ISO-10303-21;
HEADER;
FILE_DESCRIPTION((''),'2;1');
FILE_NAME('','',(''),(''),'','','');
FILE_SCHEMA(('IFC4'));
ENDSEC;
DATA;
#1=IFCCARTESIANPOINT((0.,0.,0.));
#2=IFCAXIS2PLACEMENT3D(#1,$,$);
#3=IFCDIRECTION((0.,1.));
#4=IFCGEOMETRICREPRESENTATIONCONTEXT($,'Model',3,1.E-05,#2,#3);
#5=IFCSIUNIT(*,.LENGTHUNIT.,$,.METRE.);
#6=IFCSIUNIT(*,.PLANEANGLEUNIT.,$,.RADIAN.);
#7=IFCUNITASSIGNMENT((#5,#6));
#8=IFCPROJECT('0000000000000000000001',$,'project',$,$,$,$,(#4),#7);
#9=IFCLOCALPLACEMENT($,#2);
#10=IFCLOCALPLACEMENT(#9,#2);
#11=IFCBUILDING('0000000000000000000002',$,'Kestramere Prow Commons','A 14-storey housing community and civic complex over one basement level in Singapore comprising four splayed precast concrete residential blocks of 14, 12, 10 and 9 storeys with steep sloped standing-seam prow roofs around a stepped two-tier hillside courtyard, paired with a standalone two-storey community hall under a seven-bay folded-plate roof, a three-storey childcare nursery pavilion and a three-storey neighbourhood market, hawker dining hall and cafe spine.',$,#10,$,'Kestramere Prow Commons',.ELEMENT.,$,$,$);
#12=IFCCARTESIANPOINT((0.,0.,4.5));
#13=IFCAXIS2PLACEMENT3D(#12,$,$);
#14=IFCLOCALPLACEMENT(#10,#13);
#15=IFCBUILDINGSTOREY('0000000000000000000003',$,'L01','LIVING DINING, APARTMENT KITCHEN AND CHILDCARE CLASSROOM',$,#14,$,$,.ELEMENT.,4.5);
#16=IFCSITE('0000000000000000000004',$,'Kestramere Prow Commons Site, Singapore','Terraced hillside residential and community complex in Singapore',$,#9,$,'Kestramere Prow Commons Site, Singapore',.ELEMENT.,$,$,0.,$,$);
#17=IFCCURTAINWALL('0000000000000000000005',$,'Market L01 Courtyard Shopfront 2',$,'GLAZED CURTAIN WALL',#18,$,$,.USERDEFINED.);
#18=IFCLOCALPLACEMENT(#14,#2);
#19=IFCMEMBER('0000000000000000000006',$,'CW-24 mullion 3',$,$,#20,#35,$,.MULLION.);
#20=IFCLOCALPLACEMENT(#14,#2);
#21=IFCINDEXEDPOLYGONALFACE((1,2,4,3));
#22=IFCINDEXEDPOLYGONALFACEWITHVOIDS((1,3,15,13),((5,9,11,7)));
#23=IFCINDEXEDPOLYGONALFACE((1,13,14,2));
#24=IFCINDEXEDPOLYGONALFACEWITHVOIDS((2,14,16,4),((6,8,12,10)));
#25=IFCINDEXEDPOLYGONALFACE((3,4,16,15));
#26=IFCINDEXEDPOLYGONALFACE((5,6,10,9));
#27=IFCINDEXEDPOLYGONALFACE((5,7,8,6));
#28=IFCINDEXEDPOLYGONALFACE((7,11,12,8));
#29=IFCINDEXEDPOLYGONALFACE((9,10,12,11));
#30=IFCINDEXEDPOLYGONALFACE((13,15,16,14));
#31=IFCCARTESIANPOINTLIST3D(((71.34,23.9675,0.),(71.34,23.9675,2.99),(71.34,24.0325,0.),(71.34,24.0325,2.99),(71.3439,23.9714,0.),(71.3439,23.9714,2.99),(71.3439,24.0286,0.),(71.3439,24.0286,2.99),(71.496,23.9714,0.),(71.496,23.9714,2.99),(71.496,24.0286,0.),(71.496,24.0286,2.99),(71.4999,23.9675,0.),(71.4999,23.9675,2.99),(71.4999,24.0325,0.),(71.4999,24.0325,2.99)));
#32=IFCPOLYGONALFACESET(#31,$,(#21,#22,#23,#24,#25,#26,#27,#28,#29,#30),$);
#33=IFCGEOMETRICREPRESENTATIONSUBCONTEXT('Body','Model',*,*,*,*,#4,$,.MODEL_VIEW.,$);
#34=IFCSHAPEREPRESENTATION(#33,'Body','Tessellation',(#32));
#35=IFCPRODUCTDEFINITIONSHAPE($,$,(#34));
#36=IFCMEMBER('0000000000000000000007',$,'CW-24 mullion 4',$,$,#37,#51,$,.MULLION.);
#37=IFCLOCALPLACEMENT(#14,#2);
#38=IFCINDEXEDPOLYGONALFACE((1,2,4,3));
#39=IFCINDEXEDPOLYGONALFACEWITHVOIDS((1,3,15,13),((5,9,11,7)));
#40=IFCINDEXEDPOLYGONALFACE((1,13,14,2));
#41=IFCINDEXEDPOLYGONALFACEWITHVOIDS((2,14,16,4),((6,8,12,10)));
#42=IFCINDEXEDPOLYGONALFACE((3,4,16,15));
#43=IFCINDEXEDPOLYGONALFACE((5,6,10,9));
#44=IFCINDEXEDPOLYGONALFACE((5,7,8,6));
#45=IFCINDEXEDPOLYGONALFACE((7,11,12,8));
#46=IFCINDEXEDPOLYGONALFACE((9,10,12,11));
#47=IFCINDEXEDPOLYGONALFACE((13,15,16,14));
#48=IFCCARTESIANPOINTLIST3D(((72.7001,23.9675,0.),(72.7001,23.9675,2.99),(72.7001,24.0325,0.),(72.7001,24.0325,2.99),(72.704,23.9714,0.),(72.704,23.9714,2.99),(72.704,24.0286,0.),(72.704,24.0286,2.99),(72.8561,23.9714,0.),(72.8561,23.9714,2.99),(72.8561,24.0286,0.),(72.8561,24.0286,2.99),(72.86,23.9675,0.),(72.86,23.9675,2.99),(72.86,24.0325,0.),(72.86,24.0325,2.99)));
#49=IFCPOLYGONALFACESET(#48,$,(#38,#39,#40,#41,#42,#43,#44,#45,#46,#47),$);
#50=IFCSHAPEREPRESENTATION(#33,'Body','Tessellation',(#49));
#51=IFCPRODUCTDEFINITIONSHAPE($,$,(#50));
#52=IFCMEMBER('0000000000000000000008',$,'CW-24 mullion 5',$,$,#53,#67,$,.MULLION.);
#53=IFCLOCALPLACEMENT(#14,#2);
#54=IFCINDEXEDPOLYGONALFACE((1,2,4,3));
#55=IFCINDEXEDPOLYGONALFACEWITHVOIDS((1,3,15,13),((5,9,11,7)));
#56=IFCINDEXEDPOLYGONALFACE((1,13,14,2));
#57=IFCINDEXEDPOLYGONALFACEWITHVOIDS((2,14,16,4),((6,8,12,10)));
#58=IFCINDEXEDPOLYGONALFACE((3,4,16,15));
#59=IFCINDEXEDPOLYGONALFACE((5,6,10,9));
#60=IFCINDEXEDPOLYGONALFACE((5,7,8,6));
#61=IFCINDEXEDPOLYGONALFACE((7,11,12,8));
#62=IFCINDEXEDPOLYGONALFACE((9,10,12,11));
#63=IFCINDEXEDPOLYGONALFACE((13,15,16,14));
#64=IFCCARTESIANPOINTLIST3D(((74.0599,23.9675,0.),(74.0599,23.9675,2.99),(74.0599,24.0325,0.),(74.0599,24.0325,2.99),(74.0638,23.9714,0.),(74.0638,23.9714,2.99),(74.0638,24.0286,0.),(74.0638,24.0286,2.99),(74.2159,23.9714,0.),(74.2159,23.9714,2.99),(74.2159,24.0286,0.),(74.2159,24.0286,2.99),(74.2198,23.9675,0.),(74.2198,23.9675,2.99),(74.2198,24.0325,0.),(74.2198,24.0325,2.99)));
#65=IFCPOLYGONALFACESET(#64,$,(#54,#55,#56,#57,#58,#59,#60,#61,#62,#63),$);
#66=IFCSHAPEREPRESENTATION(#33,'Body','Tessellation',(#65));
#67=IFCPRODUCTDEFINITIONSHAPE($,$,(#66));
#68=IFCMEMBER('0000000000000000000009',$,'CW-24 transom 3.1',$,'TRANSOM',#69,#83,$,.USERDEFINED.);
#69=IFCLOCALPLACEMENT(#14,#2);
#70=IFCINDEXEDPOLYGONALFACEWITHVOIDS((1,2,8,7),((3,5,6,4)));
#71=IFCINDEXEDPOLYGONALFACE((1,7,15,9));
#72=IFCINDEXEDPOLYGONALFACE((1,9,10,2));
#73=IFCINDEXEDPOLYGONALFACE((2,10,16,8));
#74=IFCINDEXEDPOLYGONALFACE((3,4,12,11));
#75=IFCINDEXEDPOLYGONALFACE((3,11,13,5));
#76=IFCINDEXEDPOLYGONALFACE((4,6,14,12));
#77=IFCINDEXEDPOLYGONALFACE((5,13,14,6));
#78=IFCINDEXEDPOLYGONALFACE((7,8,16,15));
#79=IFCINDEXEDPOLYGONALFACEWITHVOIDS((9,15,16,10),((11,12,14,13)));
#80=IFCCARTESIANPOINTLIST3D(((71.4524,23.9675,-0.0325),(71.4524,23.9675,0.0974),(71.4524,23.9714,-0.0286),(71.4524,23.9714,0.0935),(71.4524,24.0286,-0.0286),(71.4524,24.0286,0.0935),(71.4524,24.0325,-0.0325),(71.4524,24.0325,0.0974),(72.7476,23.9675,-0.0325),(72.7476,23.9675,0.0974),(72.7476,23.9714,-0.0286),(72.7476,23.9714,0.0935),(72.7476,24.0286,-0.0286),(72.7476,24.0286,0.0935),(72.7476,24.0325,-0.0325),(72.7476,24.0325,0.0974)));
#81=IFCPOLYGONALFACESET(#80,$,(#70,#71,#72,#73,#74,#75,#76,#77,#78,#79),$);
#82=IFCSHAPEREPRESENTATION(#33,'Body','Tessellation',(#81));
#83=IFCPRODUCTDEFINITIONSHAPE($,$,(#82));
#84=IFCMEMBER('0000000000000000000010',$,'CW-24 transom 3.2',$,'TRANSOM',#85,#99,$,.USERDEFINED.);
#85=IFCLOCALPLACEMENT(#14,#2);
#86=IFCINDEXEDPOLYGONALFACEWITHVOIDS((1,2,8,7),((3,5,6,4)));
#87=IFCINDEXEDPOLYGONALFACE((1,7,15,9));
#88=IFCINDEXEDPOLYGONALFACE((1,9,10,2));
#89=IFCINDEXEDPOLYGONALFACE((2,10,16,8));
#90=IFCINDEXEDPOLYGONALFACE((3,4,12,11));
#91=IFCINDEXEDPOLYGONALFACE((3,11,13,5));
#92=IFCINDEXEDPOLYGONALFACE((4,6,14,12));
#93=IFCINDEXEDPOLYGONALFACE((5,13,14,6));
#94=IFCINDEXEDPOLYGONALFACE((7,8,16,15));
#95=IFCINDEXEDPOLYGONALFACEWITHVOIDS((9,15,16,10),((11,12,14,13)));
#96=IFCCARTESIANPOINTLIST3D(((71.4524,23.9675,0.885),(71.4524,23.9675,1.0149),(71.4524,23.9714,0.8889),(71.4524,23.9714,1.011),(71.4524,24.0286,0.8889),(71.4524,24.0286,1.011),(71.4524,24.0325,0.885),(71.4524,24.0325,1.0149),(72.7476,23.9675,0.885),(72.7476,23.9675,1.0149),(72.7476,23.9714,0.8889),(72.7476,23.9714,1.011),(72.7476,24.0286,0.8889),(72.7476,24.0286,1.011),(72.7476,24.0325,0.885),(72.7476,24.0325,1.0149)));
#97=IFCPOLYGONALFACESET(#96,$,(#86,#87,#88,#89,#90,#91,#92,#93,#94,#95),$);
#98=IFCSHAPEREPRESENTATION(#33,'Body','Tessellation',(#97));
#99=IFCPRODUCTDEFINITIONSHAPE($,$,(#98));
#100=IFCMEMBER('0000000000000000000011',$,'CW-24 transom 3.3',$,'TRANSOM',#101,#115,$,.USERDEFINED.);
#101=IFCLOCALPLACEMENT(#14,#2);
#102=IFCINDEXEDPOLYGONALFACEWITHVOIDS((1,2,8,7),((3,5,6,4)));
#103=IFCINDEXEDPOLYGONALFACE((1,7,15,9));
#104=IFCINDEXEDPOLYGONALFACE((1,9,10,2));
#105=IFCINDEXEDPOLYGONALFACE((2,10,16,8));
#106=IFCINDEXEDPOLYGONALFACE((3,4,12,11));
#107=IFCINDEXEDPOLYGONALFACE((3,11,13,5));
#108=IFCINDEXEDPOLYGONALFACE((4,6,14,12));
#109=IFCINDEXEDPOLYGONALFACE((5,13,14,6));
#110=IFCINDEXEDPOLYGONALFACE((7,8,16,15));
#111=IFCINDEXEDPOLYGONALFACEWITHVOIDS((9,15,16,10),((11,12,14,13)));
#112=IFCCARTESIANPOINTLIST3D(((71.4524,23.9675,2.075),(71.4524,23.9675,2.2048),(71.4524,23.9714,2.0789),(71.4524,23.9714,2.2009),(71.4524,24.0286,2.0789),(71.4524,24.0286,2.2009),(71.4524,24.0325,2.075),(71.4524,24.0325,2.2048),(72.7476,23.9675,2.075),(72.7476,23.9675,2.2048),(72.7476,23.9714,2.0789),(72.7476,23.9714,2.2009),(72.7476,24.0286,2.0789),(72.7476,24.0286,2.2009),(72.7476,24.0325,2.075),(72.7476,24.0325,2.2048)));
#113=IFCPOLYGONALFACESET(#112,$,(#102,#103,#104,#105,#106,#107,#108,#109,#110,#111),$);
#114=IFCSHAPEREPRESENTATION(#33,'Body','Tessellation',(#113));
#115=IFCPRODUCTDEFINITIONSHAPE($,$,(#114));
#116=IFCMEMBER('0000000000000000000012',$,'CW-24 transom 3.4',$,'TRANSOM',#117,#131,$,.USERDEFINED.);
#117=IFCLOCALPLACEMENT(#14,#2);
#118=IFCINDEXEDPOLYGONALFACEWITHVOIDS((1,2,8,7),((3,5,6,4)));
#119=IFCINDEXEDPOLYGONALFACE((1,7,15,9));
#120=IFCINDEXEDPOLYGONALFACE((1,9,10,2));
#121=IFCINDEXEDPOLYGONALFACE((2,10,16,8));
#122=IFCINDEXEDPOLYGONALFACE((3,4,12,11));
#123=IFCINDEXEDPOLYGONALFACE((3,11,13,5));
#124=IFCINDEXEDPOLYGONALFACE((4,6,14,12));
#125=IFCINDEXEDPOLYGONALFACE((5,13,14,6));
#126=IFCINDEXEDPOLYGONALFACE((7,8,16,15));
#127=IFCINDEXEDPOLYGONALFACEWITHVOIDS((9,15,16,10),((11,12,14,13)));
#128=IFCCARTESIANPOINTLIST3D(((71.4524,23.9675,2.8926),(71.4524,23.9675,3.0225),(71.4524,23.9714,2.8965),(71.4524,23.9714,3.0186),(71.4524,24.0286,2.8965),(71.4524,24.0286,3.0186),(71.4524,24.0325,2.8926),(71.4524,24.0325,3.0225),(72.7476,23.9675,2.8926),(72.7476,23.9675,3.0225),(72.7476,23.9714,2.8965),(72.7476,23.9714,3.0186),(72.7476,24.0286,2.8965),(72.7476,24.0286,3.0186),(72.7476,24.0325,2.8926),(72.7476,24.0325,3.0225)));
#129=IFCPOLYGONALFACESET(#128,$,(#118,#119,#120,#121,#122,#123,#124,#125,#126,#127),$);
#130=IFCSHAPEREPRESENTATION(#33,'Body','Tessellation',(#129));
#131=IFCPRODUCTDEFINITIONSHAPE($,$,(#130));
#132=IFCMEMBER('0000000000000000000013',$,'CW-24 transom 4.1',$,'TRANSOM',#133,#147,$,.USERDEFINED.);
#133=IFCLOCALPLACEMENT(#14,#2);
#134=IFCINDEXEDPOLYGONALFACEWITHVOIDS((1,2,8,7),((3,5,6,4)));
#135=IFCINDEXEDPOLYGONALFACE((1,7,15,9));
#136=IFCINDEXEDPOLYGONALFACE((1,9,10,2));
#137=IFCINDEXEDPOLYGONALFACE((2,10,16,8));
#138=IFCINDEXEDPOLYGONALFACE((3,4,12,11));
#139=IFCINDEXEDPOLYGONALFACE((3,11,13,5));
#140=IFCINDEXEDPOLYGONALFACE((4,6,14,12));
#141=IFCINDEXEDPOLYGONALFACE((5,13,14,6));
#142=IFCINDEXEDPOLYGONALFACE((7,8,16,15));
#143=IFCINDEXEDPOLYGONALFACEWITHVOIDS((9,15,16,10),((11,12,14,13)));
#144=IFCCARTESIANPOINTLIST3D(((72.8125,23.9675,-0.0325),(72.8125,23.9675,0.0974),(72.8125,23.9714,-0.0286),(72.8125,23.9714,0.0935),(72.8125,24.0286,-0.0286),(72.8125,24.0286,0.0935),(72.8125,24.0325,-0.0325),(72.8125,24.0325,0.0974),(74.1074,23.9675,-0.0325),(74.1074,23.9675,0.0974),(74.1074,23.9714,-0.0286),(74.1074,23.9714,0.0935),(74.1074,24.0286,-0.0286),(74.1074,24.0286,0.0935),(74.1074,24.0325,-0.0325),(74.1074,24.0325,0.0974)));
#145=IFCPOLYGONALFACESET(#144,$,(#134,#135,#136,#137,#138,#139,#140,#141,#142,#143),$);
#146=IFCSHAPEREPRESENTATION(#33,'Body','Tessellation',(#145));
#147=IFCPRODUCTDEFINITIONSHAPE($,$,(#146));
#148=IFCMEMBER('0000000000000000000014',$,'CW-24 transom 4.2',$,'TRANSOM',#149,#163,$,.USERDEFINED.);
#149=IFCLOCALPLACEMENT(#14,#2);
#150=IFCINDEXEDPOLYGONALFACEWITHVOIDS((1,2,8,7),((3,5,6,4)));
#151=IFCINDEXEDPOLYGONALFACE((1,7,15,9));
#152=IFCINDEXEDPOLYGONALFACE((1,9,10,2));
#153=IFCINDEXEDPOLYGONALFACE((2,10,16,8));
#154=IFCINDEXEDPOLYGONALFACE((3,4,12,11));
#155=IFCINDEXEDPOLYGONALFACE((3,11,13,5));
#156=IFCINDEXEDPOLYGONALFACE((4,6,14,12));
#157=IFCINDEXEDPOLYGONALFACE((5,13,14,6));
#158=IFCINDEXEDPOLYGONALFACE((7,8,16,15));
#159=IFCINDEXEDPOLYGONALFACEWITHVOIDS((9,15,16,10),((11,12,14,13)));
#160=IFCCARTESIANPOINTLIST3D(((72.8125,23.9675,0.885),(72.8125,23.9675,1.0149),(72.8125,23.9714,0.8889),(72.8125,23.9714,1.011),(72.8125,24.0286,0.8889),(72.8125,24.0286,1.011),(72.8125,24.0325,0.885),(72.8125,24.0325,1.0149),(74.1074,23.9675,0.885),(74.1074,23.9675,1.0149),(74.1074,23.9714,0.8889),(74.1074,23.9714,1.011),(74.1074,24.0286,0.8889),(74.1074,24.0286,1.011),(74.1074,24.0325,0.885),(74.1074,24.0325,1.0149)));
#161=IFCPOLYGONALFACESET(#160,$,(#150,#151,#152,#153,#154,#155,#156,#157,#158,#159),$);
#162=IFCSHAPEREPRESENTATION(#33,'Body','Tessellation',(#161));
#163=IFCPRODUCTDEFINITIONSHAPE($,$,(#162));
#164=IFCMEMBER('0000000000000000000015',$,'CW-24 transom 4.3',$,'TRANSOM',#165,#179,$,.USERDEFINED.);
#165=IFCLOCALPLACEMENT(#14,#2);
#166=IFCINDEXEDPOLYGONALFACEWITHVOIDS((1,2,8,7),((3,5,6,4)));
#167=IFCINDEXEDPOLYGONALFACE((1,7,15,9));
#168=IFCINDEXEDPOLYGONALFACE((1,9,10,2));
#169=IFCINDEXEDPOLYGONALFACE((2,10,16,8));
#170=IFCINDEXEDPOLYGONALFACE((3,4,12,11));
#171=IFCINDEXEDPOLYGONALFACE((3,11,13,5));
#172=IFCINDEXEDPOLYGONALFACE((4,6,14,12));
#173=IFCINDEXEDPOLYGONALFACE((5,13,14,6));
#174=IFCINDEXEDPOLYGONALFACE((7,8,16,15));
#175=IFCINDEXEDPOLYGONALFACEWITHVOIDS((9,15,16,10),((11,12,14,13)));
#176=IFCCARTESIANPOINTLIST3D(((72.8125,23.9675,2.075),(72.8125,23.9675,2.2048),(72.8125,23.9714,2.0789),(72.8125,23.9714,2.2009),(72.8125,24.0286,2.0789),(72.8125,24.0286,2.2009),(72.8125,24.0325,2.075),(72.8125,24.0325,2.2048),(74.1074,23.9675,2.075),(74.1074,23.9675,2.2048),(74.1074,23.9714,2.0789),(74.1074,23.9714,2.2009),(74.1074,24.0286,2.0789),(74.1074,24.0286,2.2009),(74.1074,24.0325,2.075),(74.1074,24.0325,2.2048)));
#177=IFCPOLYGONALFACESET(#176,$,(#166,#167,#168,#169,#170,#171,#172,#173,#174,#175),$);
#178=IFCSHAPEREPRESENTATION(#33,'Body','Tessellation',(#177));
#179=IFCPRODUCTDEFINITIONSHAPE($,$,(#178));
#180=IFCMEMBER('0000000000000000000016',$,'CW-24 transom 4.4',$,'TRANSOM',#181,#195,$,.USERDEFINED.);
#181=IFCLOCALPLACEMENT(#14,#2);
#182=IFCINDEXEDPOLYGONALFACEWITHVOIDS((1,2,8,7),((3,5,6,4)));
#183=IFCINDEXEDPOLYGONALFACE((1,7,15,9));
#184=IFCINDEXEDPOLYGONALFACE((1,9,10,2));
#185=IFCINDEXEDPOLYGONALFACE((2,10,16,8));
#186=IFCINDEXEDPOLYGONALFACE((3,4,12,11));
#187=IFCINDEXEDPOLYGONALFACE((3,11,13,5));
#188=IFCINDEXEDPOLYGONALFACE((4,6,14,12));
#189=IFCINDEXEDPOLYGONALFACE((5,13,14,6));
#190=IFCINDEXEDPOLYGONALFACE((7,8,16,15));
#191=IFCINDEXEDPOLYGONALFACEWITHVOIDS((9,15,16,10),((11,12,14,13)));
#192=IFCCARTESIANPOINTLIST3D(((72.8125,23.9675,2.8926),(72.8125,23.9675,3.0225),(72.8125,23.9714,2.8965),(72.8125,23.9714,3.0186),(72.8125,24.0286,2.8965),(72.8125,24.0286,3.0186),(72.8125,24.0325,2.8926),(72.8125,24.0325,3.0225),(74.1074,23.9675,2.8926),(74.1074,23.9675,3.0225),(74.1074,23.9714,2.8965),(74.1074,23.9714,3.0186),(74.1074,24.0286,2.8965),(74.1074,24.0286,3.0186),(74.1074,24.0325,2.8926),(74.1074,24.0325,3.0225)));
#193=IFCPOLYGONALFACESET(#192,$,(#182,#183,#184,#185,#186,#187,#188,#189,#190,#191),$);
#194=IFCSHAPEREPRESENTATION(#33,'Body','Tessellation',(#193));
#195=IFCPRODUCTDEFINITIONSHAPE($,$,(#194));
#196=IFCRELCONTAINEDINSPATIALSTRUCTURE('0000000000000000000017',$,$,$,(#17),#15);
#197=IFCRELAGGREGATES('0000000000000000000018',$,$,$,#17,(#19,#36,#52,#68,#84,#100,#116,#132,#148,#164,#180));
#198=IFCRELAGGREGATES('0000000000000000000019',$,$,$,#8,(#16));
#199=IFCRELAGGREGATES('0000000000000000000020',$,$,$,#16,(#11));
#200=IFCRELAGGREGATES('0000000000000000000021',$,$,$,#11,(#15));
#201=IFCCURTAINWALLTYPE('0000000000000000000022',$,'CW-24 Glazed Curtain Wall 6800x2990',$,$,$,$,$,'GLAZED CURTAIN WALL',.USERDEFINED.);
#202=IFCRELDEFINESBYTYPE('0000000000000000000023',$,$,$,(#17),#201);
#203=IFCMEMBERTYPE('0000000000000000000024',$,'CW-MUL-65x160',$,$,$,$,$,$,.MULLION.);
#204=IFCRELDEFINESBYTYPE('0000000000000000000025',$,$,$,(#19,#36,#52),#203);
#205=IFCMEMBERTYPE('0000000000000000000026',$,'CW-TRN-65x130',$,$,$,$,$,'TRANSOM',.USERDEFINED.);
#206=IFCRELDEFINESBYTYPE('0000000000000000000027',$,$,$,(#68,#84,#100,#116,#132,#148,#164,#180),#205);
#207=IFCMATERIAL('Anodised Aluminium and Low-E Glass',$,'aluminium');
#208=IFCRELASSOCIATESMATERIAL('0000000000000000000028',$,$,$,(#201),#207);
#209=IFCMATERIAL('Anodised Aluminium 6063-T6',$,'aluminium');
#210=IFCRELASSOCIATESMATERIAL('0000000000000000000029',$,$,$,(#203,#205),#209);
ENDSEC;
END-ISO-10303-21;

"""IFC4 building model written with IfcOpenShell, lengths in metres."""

from ifc_helpers import new_model, si_unit, direction, frame, origin, origin_2d, place, context, subcontext, project, spatial, hollow_rectangle, extrude, material, material_profile, profile_set, type_object, element, aggregate, save


model = new_model("IFC4")

# Units and contexts
model_context = context("Model", 3, precision=1e-05, world=origin(), true_north=direction((0.0, 1.0)))
body_context = subcontext(model_context, "Body", "Model", "MODEL_VIEW")
ifc_project = project(units=[si_unit("LENGTHUNIT", "METRE"), si_unit("PLANEANGLEUNIT", "RADIAN")], contexts=[model_context])

# Site, building, storey
site_placement = place(None, origin())
site = spatial("IfcSite", under=ifc_project, at=site_placement, Name="Kestramere Prow Commons Site, Singapore", Description="Terraced hillside residential and community complex in Singapore", LongName="Kestramere Prow Commons Site, Singapore", CompositionType="ELEMENT", RefElevation=0.0)
building_placement = place(site_placement, origin())
building = spatial("IfcBuilding", under=site, at=building_placement, Name="Kestramere Prow Commons", Description="A 14-storey housing community and civic complex over one basement level in Singapore comprising four splayed precast concrete residential blocks of 14, 12, 10 and 9 storeys with steep sloped standing-seam prow roofs around a stepped two-tier hillside courtyard, paired with a standalone two-storey community hall under a seven-bay folded-plate roof, a three-storey childcare nursery pavilion and a three-storey neighbourhood market, hawker dining hall and cafe spine.", LongName="Kestramere Prow Commons", CompositionType="ELEMENT")
storey_placement = place(building_placement, frame((0.0, 0.0, 4.5)))
storey = spatial("IfcBuildingStorey", under=building, at=storey_placement, Name="L01", Description="LIVING DINING, APARTMENT KITCHEN AND CHILDCARE CLASSROOM", CompositionType="ELEMENT", Elevation=4.5)

# Curtain wall, members
ifc_material_1 = material(Name="Anodised Aluminium and Low-E Glass", Category="aluminium")
curtain_wall_type = type_object("IfcCurtainWallType", Name="CW-24 Glazed Curtain Wall 6800x2990", ElementType="GLAZED CURTAIN WALL", PredefinedType="USERDEFINED", material=ifc_material_1)
curtain_wall_placement = place(storey_placement, origin())
curtain_wall = element("IfcCurtainWall", 1, at=curtain_wall_placement, inside=storey, type_object=curtain_wall_type, Name="Market L01 Courtyard Shopfront 2", ObjectType="GLAZED CURTAIN WALL", PredefinedType="USERDEFINED")
ifc_material_2 = material(Name="Anodised Aluminium 6063-T6", Category="aluminium")
ifc_material_profile_1 = material_profile(ifc_material_2, hollow_rectangle(XDim=0.0649, YDim=0.1599, WallThickness=0.0039, at=origin_2d()), Name="ALU-MUL 65x160")
ifc_profile_set_1 = profile_set([ifc_material_profile_1], Name="Anodised Aluminium 6063-T6")
member_type_1 = type_object("IfcMemberType", Name="CW-MUL-65x160", PredefinedType="MULLION", material=ifc_profile_set_1)
member_1_placement = place(storey_placement, frame((71.4199, 24.0, 0.0), z_axis=(0.0, 0.0, 1.0), x_axis=(0.0, 1.0, 0.0)))
member_1 = element("IfcMember", 2, at=member_1_placement, type_object=member_type_1, Name="CW-24 mullion 3", PredefinedType="MULLION", context=body_context, shape_type="SweptSolid", body=[
    extrude(hollow_rectangle(XDim=0.0649, YDim=0.1599, WallThickness=0.0039, at=origin_2d()), origin(), (0.0, 0.0, 1.0), 2.99),
])
member_2_placement = place(storey_placement, frame((72.78, 24.0, 0.0), z_axis=(0.0, 0.0, 1.0), x_axis=(0.0, 1.0, 0.0)))
member_2 = element("IfcMember", 3, at=member_2_placement, type_object=member_type_1, Name="CW-24 mullion 4", PredefinedType="MULLION", context=body_context, shape_type="SweptSolid", body=[
    extrude(hollow_rectangle(XDim=0.0649, YDim=0.1599, WallThickness=0.0039, at=origin_2d()), origin(), (0.0, 0.0, 1.0), 2.99),
])
member_3_placement = place(storey_placement, frame((74.1399, 24.0, 0.0), z_axis=(0.0, 0.0, 1.0), x_axis=(0.0, 1.0, 0.0)))
member_3 = element("IfcMember", 4, at=member_3_placement, type_object=member_type_1, Name="CW-24 mullion 5", PredefinedType="MULLION", context=body_context, shape_type="SweptSolid", body=[
    extrude(hollow_rectangle(XDim=0.0649, YDim=0.1599, WallThickness=0.0039, at=origin_2d()), origin(), (0.0, 0.0, 1.0), 2.99),
])
ifc_material_profile_2 = material_profile(ifc_material_2, hollow_rectangle(XDim=0.0649, YDim=0.1299, WallThickness=0.0039, at=origin_2d()), Name="ALU-TRN 65x130")
ifc_profile_set_2 = profile_set([ifc_material_profile_2], Name="Anodised Aluminium 6063-T6")
member_type_2 = type_object("IfcMemberType", Name="CW-TRN-65x130", ElementType="TRANSOM", PredefinedType="USERDEFINED", material=ifc_profile_set_2)
member_4_placement = place(storey_placement, frame((71.4524, 24.0, 0.0325), z_axis=(1.0, 0.0, 0.0), x_axis=(0.0, 1.0, 0.0)))
member_4 = element("IfcMember", 5, at=member_4_placement, type_object=member_type_2, Name="CW-24 transom 3.1", ObjectType="TRANSOM", PredefinedType="USERDEFINED", context=body_context, shape_type="SweptSolid", body=[
    extrude(hollow_rectangle(XDim=0.0649, YDim=0.1299, WallThickness=0.0039, at=origin_2d()), origin(), (0.0, 0.0, 1.0), 1.2952),
])
member_5_placement = place(storey_placement, frame((71.4524, 24.0, 0.95), z_axis=(1.0, 0.0, 0.0), x_axis=(0.0, 1.0, 0.0)))
member_5 = element("IfcMember", 6, at=member_5_placement, type_object=member_type_2, Name="CW-24 transom 3.2", ObjectType="TRANSOM", PredefinedType="USERDEFINED", context=body_context, shape_type="SweptSolid", body=[
    extrude(hollow_rectangle(XDim=0.0649, YDim=0.1299, WallThickness=0.0039, at=origin_2d()), origin(), (0.0, 0.0, 1.0), 1.2952),
])
member_6_placement = place(storey_placement, frame((71.4524, 24.0, 2.1399), z_axis=(1.0, 0.0, 0.0), x_axis=(0.0, 1.0, 0.0)))
member_6 = element("IfcMember", 7, at=member_6_placement, type_object=member_type_2, Name="CW-24 transom 3.3", ObjectType="TRANSOM", PredefinedType="USERDEFINED", context=body_context, shape_type="SweptSolid", body=[
    extrude(hollow_rectangle(XDim=0.0649, YDim=0.1299, WallThickness=0.0039, at=origin_2d()), origin(), (0.0, 0.0, 1.0), 1.2952),
])
member_7_placement = place(storey_placement, frame((71.4524, 24.0, 2.9575), z_axis=(1.0, 0.0, 0.0), x_axis=(0.0, 1.0, 0.0)))
member_7 = element("IfcMember", 8, at=member_7_placement, type_object=member_type_2, Name="CW-24 transom 3.4", ObjectType="TRANSOM", PredefinedType="USERDEFINED", context=body_context, shape_type="SweptSolid", body=[
    extrude(hollow_rectangle(XDim=0.0649, YDim=0.1299, WallThickness=0.0039, at=origin_2d()), origin(), (0.0, 0.0, 1.0), 1.2952),
])
member_8_placement = place(storey_placement, frame((72.8125, 24.0, 0.0325), z_axis=(1.0, 0.0, 0.0), x_axis=(0.0, 1.0, 0.0)))
member_8 = element("IfcMember", 9, at=member_8_placement, type_object=member_type_2, Name="CW-24 transom 4.1", ObjectType="TRANSOM", PredefinedType="USERDEFINED", context=body_context, shape_type="SweptSolid", body=[
    extrude(hollow_rectangle(XDim=0.0649, YDim=0.1299, WallThickness=0.0039, at=origin_2d()), origin(), (0.0, 0.0, 1.0), 1.2949),
])
member_9_placement = place(storey_placement, frame((72.8125, 24.0, 0.95), z_axis=(1.0, 0.0, 0.0), x_axis=(0.0, 1.0, 0.0)))
member_9 = element("IfcMember", 10, at=member_9_placement, type_object=member_type_2, Name="CW-24 transom 4.2", ObjectType="TRANSOM", PredefinedType="USERDEFINED", context=body_context, shape_type="SweptSolid", body=[
    extrude(hollow_rectangle(XDim=0.0649, YDim=0.1299, WallThickness=0.0039, at=origin_2d()), origin(), (0.0, 0.0, 1.0), 1.2949),
])
member_10_placement = place(storey_placement, frame((72.8125, 24.0, 2.1399), z_axis=(1.0, 0.0, 0.0), x_axis=(0.0, 1.0, 0.0)))
member_10 = element("IfcMember", 11, at=member_10_placement, type_object=member_type_2, Name="CW-24 transom 4.3", ObjectType="TRANSOM", PredefinedType="USERDEFINED", context=body_context, shape_type="SweptSolid", body=[
    extrude(hollow_rectangle(XDim=0.0649, YDim=0.1299, WallThickness=0.0039, at=origin_2d()), origin(), (0.0, 0.0, 1.0), 1.2949),
])
member_11_placement = place(storey_placement, frame((72.8125, 24.0, 2.9575), z_axis=(1.0, 0.0, 0.0), x_axis=(0.0, 1.0, 0.0)))
member_11 = element("IfcMember", 12, at=member_11_placement, type_object=member_type_2, Name="CW-24 transom 4.4", ObjectType="TRANSOM", PredefinedType="USERDEFINED", context=body_context, shape_type="SweptSolid", body=[
    extrude(hollow_rectangle(XDim=0.0649, YDim=0.1299, WallThickness=0.0039, at=origin_2d()), origin(), (0.0, 0.0, 1.0), 1.2949),
])
aggregate(curtain_wall, [member_1, member_2, member_3, member_4, member_5, member_6, member_7, member_8, member_9, member_10, member_11])

save(model, "model.ifc")
